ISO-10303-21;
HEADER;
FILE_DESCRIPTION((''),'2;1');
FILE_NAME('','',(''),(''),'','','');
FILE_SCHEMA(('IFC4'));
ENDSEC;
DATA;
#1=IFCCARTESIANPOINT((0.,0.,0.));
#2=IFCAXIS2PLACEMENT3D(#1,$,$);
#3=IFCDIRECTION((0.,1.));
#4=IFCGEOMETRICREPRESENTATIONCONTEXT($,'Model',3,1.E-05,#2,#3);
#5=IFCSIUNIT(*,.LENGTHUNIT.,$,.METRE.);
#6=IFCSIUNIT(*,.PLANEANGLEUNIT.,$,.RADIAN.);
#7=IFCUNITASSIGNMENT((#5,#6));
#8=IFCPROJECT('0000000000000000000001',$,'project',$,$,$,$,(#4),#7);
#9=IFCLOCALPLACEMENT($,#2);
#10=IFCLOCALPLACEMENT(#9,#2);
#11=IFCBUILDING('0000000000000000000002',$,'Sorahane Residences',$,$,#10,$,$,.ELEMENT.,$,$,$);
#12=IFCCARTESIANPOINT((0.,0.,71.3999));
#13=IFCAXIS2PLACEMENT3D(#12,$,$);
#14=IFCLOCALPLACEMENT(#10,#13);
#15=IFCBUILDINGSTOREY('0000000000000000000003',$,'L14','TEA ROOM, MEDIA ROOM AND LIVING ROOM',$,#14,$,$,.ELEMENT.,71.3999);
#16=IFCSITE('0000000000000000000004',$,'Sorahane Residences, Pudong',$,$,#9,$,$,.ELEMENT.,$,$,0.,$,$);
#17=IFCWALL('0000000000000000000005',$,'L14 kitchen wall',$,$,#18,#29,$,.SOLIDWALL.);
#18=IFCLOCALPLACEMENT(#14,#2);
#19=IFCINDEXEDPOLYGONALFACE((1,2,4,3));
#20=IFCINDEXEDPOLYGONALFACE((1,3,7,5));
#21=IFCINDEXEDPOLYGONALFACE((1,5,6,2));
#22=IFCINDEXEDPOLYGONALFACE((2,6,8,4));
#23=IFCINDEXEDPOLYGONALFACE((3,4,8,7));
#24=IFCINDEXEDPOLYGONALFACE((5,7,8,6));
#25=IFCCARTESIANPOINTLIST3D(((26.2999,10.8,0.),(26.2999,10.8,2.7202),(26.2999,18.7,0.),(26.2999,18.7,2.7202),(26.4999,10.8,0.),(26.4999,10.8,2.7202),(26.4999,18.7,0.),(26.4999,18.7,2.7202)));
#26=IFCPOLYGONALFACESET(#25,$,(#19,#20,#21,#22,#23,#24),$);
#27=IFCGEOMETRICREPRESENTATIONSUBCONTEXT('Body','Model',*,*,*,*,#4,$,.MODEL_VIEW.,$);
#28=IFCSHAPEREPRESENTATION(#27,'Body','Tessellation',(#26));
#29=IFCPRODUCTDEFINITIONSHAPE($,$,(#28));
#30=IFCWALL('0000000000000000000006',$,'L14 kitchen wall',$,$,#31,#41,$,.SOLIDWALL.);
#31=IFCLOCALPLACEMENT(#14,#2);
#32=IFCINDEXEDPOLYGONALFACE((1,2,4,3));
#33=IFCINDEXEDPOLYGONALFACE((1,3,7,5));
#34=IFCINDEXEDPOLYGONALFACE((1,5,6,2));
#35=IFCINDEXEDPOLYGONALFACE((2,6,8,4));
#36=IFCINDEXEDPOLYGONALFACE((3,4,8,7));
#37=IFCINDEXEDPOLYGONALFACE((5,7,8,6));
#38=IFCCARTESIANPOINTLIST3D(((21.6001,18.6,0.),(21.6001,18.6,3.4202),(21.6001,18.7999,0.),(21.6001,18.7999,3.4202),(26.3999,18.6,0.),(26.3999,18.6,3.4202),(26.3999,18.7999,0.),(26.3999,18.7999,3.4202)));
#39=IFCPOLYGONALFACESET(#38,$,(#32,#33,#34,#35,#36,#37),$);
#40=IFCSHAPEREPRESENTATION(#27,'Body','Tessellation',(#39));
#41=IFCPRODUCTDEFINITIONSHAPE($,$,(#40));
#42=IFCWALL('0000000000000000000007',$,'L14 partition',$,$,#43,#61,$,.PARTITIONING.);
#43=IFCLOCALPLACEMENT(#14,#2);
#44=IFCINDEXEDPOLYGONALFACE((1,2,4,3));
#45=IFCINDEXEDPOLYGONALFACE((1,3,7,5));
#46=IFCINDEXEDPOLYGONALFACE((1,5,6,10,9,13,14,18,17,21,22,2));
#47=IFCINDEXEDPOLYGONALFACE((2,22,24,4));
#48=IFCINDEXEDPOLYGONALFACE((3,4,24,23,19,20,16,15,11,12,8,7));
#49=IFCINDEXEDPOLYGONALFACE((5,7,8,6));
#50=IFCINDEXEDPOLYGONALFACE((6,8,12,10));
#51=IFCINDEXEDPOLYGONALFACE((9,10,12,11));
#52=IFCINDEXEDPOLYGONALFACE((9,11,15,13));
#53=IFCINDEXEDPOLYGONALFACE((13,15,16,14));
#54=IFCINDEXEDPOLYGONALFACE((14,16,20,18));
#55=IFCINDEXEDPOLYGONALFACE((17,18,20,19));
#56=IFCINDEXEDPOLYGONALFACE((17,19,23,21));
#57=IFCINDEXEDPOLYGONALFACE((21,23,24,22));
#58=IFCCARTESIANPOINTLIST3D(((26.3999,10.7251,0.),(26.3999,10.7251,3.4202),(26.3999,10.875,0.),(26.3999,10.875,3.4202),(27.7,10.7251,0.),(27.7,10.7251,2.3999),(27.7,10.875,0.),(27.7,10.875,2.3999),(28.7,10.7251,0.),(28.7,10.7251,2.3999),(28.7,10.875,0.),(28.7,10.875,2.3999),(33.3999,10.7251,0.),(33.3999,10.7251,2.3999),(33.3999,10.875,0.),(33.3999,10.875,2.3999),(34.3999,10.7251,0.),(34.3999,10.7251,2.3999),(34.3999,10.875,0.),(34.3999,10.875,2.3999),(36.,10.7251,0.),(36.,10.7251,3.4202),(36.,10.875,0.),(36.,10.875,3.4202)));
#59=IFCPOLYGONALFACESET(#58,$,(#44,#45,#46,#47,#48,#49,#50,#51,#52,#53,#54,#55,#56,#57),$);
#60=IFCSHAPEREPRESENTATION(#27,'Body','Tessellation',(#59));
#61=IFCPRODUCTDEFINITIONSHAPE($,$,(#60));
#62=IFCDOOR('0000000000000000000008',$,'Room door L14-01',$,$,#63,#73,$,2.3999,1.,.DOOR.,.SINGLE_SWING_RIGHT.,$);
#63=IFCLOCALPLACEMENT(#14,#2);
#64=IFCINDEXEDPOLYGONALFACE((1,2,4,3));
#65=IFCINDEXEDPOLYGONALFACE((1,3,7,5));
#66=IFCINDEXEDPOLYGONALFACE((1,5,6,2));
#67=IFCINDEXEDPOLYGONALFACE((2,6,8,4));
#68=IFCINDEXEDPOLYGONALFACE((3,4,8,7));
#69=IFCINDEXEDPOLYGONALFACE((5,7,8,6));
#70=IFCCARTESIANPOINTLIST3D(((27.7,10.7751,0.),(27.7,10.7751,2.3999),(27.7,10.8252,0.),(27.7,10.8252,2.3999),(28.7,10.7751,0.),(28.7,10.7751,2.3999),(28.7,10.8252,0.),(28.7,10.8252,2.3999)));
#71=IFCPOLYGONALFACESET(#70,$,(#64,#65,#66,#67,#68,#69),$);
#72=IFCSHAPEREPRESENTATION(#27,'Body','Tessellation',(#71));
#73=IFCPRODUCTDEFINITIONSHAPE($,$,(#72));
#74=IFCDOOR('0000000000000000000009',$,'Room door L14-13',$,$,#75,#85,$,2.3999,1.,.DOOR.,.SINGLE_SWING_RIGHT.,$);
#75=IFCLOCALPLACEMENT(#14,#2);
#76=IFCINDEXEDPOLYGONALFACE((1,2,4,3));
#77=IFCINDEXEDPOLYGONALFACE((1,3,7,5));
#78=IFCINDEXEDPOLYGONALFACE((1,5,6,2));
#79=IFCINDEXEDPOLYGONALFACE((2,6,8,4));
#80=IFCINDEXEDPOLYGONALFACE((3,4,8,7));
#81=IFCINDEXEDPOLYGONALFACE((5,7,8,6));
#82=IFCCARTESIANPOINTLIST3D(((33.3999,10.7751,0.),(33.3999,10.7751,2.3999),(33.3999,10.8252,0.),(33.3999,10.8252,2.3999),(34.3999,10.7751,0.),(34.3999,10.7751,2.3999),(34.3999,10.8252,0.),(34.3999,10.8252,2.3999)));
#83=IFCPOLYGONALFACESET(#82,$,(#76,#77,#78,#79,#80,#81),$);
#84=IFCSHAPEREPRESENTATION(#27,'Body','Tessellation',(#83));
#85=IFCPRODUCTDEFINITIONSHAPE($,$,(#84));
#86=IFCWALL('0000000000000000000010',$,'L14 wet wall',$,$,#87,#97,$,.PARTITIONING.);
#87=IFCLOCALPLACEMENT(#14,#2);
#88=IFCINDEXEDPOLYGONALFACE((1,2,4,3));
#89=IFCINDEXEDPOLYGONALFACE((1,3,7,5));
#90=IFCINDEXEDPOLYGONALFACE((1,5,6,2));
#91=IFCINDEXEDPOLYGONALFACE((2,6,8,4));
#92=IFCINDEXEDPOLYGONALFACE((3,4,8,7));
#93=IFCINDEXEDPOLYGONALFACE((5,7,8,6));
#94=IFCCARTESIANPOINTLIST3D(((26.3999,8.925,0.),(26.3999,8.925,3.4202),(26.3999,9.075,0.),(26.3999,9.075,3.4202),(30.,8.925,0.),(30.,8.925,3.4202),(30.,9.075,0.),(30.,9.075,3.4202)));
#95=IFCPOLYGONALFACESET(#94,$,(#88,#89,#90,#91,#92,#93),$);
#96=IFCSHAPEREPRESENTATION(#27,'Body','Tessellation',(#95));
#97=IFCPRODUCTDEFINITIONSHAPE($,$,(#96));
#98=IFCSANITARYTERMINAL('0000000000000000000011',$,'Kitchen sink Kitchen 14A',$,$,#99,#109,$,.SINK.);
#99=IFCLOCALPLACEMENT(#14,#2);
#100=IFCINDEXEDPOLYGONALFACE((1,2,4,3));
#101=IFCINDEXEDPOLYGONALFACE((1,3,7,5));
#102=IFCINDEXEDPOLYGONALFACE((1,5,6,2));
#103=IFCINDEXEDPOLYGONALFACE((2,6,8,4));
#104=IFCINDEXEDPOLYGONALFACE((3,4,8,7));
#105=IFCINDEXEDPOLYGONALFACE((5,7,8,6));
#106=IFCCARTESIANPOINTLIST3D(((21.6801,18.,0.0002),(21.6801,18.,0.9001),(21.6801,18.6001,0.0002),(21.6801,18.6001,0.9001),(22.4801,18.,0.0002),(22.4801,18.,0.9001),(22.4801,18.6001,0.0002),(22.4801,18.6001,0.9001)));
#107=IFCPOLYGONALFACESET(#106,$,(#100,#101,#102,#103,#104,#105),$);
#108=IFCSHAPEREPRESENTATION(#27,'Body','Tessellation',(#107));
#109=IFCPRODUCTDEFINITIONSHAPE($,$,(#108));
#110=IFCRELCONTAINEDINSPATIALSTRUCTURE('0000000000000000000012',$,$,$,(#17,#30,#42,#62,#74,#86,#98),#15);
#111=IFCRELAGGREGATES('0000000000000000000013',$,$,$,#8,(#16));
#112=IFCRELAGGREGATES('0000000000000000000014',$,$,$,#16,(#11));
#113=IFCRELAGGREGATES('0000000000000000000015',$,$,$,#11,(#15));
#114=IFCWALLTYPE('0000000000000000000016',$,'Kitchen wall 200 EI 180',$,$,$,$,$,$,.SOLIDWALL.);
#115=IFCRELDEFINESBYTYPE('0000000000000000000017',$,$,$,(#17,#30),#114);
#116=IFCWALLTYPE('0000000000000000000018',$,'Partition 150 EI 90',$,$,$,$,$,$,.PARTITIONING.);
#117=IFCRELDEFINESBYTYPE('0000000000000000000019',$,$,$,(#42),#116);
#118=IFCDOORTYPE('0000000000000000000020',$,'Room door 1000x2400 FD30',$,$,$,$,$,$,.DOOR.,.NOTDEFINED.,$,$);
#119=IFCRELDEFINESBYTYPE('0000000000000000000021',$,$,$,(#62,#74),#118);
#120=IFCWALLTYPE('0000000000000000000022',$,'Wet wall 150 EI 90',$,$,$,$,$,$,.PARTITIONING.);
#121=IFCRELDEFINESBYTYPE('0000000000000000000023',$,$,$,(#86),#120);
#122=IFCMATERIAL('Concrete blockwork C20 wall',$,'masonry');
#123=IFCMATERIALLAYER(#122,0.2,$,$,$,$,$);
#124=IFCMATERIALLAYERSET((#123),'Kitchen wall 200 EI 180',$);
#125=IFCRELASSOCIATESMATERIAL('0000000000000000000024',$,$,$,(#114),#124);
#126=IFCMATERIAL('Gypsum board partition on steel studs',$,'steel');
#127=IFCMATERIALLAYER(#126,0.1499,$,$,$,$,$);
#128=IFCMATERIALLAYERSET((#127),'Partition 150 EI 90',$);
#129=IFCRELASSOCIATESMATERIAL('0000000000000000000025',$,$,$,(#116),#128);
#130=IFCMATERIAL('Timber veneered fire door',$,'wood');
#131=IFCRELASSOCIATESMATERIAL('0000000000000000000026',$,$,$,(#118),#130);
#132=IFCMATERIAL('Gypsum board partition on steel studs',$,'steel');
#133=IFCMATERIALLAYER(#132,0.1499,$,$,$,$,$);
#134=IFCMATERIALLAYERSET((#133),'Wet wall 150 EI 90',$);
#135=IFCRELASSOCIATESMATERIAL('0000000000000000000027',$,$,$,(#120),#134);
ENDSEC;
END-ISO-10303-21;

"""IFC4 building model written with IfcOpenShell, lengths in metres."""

from ifc_helpers import new_model, si_unit, direction, frame, frame_2d, origin, origin_2d, place, context, subcontext, project, spatial, rectangle, extrude, material, layer, layer_set, type_object, element, fill, save


model = new_model("IFC4")

# Units and contexts
model_context = context("Model", 3, precision=1e-05, world=origin(), true_north=direction((0.0, 1.0)))
body_context = subcontext(model_context, "Body", "Model", "MODEL_VIEW")
ifc_project = project(units=[si_unit("LENGTHUNIT", "METRE"), si_unit("PLANEANGLEUNIT", "RADIAN")], contexts=[model_context])

# Site, building, storey
site_placement = place(None, origin())
site = spatial("IfcSite", under=ifc_project, at=site_placement, Name="Sorahane Residences, Pudong", CompositionType="ELEMENT", RefElevation=0.0)
building_placement = place(site_placement, origin())
building = spatial("IfcBuilding", under=site, at=building_placement, Name="Sorahane Residences", CompositionType="ELEMENT")
storey_placement = place(building_placement, frame((0.0, 0.0, 71.3999)))
storey = spatial("IfcBuildingStorey", under=building, at=storey_placement, Name="L14", Description="TEA ROOM, MEDIA ROOM AND LIVING ROOM", CompositionType="ELEMENT", Elevation=71.3999)

# Wall
ifc_material_1 = material(Name="Concrete blockwork C20 wall", Category="masonry")
ifc_layer_1 = layer(ifc_material_1, 0.2)
ifc_layer_set_1 = layer_set([ifc_layer_1], Name="Kitchen wall 200 EI 180")
wall_type_1 = type_object("IfcWallType", Name="Kitchen wall 200 EI 180", PredefinedType="SOLIDWALL", material=ifc_layer_set_1)
wall_1_placement = place(storey_placement, frame((26.3999, 10.8, 0.0), z_axis=(0.0, 0.0, 1.0), x_axis=(0.0, 1.0, 0.0)))
element("IfcWall", 1, at=wall_1_placement, inside=storey, type_object=wall_type_1, Name="L14 kitchen wall", PredefinedType="SOLIDWALL", context=body_context, shape_type="SweptSolid", body=[
    extrude(rectangle(XDim=7.8999, YDim=0.2, at=frame_2d((3.95, 0.0))), origin(), (0.0, 0.0, 1.0), 2.7202),
])

# Wall
wall_2_placement = place(storey_placement, frame((21.6001, 18.7, 0.0), z_axis=(0.0, 0.0, 1.0), x_axis=(1.0, 0.0, 0.0)))
element("IfcWall", 2, at=wall_2_placement, inside=storey, type_object=wall_type_1, Name="L14 kitchen wall", PredefinedType="SOLIDWALL", context=body_context, shape_type="SweptSolid", body=[
    extrude(rectangle(XDim=4.7998, YDim=0.2, at=frame_2d((2.3999, 0.0))), origin(), (0.0, 0.0, 1.0), 3.4202),
])

# Wall, openings, doors
ifc_material_2 = material(Name="Gypsum board partition on steel studs", Category="steel")
ifc_layer_2 = layer(ifc_material_2, 0.1499)
ifc_layer_set_2 = layer_set([ifc_layer_2], Name="Partition 150 EI 90")
wall_type_2 = type_object("IfcWallType", Name="Partition 150 EI 90", PredefinedType="PARTITIONING", material=ifc_layer_set_2)
wall_3_placement = place(storey_placement, frame((26.3999, 10.8, 0.0), z_axis=(0.0, 0.0, 1.0), x_axis=(1.0, 0.0, 0.0)))
wall_3 = element("IfcWall", 3, at=wall_3_placement, inside=storey, type_object=wall_type_2, Name="L14 partition", PredefinedType="PARTITIONING", context=body_context, shape_type="SweptSolid", body=[
    extrude(rectangle(XDim=9.6001, YDim=0.1499, at=frame_2d((4.8, 0.0))), origin(), (0.0, 0.0, 1.0), 3.4202),
])
opening_1_placement = place(wall_3_placement, frame((1.3, 0.0, 0.0)))
opening_1 = element("IfcOpeningElement", 4, at=opening_1_placement, cuts=wall_3, PredefinedType="OPENING", context=body_context, shape_type="SweptSolid", body=[
    extrude(rectangle(XDim=1.0, YDim=2.3999, at=frame_2d((0.5, 1.2))), frame((0.0, 0.085, 0.0), z_axis=(0.0, -1.0, 0.0), x_axis=(1.0, 0.0, 0.0)), (0.0, 0.0, 1.0), 0.1699),
])
opening_2_placement = place(wall_3_placement, frame((7.0, 0.0, 0.0)))
opening_2 = element("IfcOpeningElement", 5, at=opening_2_placement, cuts=wall_3, PredefinedType="OPENING", context=body_context, shape_type="SweptSolid", body=[
    extrude(rectangle(XDim=1.0, YDim=2.3999, at=frame_2d((0.5, 1.2))), frame((0.0, 0.085, 0.0), z_axis=(0.0, -1.0, 0.0), x_axis=(1.0, 0.0, 0.0)), (0.0, 0.0, 1.0), 0.1699),
])
ifc_material_3 = material(Name="Timber veneered fire door", Category="wood")
door_type_1 = type_object("IfcDoorType", Name="Room door 1000x2400 FD30", OperationType="NOTDEFINED", PredefinedType="DOOR", material=ifc_material_3)
door_1_placement = place(opening_1_placement, frame((1.0, 0.0, 0.0), z_axis=(0.0, 0.0, 1.0), x_axis=(-1.0, 0.0, 0.0)))
door_1 = element("IfcDoor", 6, at=door_1_placement, inside=storey, type_object=door_type_1, Name="Room door L14-01", OperationType="SINGLE_SWING_RIGHT", OverallHeight=2.3999, OverallWidth=1.0, PredefinedType="DOOR", context=body_context, shape_type="SweptSolid", body=[
    extrude(rectangle(XDim=1.0, YDim=2.3999, at=frame_2d((0.5, 1.2))), frame((0.0, 0.0249, 0.0), z_axis=(0.0, -1.0, 0.0), x_axis=(1.0, 0.0, 0.0)), (0.0, 0.0, 1.0), 0.05),
])
fill(opening_1, door_1)
door_2_placement = place(opening_2_placement, frame((1.0, 0.0, 0.0), z_axis=(0.0, 0.0, 1.0), x_axis=(-1.0, 0.0, 0.0)))
door_2 = element("IfcDoor", 7, at=door_2_placement, inside=storey, type_object=door_type_1, Name="Room door L14-13", OperationType="SINGLE_SWING_RIGHT", OverallHeight=2.3999, OverallWidth=1.0, PredefinedType="DOOR", context=body_context, shape_type="SweptSolid", body=[
    extrude(rectangle(XDim=1.0, YDim=2.3999, at=frame_2d((0.5, 1.2))), frame((0.0, 0.0249, 0.0), z_axis=(0.0, -1.0, 0.0), x_axis=(1.0, 0.0, 0.0)), (0.0, 0.0, 1.0), 0.05),
])
fill(opening_2, door_2)

# Wall
ifc_material_4 = material(Name="Gypsum board partition on steel studs", Category="steel")
ifc_layer_3 = layer(ifc_material_4, 0.1499)
ifc_layer_set_3 = layer_set([ifc_layer_3], Name="Wet wall 150 EI 90")
wall_type_3 = type_object("IfcWallType", Name="Wet wall 150 EI 90", PredefinedType="PARTITIONING", material=ifc_layer_set_3)
wall_4_placement = place(storey_placement, frame((26.3999, 9.0, 0.0), z_axis=(0.0, 0.0, 1.0), x_axis=(1.0, 0.0, 0.0)))
element("IfcWall", 8, at=wall_4_placement, inside=storey, type_object=wall_type_3, Name="L14 wet wall", PredefinedType="PARTITIONING", context=body_context, shape_type="SweptSolid", body=[
    extrude(rectangle(XDim=3.6001, YDim=0.1499, at=frame_2d((1.8, 0.0))), origin(), (0.0, 0.0, 1.0), 3.4202),
])

# Sanitary terminal
sanitary_terminal_placement = place(storey_placement, frame((22.0801, 18.3, 0.0002), z_axis=(0.0, 0.0, 1.0), x_axis=(1.0, 0.0, 0.0)))
element("IfcSanitaryTerminal", 9, at=sanitary_terminal_placement, inside=storey, Name="Kitchen sink Kitchen 14A", PredefinedType="SINK", context=body_context, shape_type="SweptSolid", body=[
    extrude(rectangle(XDim=0.8, YDim=0.6001, at=origin_2d()), origin(), (0.0, 0.0, 1.0), 0.8999),
])

save(model, "model.ifc")
